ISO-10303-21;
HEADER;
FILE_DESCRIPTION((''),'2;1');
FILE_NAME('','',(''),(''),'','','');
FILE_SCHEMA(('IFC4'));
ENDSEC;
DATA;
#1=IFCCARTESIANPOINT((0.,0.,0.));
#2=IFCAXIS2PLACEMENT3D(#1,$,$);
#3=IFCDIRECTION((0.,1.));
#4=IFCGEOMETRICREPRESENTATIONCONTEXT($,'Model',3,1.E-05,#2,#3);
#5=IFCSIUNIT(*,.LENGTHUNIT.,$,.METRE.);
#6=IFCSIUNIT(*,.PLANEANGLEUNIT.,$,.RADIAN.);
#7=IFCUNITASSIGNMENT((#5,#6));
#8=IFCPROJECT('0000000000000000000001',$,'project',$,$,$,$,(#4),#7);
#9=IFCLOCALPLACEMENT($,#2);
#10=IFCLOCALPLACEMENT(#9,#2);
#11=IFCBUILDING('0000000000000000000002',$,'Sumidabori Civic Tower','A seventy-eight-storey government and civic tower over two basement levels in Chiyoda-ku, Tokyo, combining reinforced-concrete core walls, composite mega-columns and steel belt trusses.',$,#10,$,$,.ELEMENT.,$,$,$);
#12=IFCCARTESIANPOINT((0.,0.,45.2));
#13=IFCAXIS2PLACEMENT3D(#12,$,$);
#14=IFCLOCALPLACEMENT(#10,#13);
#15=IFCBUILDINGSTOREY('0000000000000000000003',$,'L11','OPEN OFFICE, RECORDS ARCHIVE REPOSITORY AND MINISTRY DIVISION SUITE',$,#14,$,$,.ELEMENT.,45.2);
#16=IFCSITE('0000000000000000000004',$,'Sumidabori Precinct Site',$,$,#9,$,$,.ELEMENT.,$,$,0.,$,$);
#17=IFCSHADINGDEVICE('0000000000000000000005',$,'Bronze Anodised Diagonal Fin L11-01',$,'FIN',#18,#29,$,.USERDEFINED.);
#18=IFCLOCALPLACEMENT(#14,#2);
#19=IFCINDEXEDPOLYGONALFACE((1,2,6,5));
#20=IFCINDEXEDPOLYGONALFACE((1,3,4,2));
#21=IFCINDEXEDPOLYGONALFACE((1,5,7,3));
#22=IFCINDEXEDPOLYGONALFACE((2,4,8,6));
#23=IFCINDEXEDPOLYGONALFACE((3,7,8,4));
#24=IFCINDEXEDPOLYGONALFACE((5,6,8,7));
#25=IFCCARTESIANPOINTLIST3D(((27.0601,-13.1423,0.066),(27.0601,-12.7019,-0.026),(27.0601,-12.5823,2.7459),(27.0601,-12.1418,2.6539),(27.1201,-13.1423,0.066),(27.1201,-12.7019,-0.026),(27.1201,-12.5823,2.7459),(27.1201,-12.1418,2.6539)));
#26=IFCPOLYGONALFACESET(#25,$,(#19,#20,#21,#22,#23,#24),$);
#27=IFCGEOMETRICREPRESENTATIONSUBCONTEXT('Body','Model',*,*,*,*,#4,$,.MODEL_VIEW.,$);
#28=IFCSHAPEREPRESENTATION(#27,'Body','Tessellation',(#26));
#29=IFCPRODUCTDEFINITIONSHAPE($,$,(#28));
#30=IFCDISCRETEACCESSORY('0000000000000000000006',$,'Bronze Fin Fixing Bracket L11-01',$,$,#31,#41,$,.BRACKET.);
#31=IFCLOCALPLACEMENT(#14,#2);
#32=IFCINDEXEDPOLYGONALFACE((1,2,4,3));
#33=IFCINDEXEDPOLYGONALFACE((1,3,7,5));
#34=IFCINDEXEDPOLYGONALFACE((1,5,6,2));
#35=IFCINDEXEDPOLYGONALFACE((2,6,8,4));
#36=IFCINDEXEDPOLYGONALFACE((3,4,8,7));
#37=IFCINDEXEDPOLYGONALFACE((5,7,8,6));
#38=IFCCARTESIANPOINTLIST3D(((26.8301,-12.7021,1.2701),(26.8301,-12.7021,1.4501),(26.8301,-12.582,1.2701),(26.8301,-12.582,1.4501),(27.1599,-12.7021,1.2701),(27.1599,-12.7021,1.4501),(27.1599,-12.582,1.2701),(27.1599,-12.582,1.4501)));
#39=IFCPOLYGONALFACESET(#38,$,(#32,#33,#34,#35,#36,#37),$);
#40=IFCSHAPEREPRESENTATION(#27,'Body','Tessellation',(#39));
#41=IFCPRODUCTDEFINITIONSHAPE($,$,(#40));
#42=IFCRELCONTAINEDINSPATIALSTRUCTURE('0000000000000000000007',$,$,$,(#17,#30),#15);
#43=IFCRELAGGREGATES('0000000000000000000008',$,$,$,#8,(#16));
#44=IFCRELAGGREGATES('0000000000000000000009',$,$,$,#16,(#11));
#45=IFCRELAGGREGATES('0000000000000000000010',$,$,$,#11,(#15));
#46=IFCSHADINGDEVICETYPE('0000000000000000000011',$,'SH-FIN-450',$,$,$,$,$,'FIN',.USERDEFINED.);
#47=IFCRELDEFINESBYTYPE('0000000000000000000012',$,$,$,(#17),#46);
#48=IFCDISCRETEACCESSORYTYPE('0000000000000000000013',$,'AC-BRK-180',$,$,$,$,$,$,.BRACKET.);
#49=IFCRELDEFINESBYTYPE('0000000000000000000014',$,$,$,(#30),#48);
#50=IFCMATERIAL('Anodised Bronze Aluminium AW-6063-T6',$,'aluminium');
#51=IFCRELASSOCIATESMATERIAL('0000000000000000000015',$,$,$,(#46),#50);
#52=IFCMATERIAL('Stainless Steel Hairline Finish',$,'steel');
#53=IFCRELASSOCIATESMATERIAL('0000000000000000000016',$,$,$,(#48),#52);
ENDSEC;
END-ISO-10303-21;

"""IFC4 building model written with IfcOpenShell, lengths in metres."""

from ifc_helpers import new_model, si_unit, direction, frame, origin, origin_2d, place, context, subcontext, project, spatial, rectangle, extrude, source, transform, mapped, material, material_profile, profile_set, type_object, element, save


model = new_model("IFC4")

# Units and contexts
model_context = context("Model", 3, precision=1e-05, world=origin(), true_north=direction((0.0, 1.0)))
body_context = subcontext(model_context, "Body", "Model", "MODEL_VIEW")
ifc_project = project(units=[si_unit("LENGTHUNIT", "METRE"), si_unit("PLANEANGLEUNIT", "RADIAN")], contexts=[model_context])

# Site, building, storey
site_placement = place(None, origin())
site = spatial("IfcSite", under=ifc_project, at=site_placement, Name="Sumidabori Precinct Site", CompositionType="ELEMENT", RefElevation=0.0)
building_placement = place(site_placement, origin())
building = spatial("IfcBuilding", under=site, at=building_placement, Name="Sumidabori Civic Tower", Description="A seventy-eight-storey government and civic tower over two basement levels in Chiyoda-ku, Tokyo, combining reinforced-concrete core walls, composite mega-columns and steel belt trusses.", CompositionType="ELEMENT")
storey_placement = place(building_placement, frame((0.0, 0.0, 45.2)))
storey = spatial("IfcBuildingStorey", under=building, at=storey_placement, Name="L11", Description="OPEN OFFICE, RECORDS ARCHIVE REPOSITORY AND MINISTRY DIVISION SUITE", CompositionType="ELEMENT", Elevation=45.2)

# Shared definitions
ifc_material_1 = material(Name="Anodised Bronze Aluminium AW-6063-T6", Category="aluminium")

# Shading device
ifc_material_profile_1 = material_profile(ifc_material_1, rectangle(XDim=0.0601, YDim=0.45, at=origin_2d()), Name="BRONZE FIN 450x60")
ifc_profile_set_1 = profile_set([ifc_material_profile_1], Name="Anodised Bronze Aluminium AW-6063-T6")
shading_device_type = type_object("IfcShadingDeviceType", Name="SH-FIN-450", ElementType="FIN", PredefinedType="USERDEFINED", material=ifc_profile_set_1)
shared_shape_1 = source(origin(), body_context, "Body", "SweptSolid", [
    extrude(rectangle(XDim=0.0601, YDim=0.45, at=origin_2d()), origin(), (0.0, 0.0, 1.0), 2.7378),
])
shading_device_placement = place(storey_placement, frame((27.0901, -12.9221, 0.02), z_axis=(0.0, 0.204563, 0.978853), x_axis=(-1.0, 0.0, 0.0)))
element("IfcShadingDevice", 1, at=shading_device_placement, inside=storey, type_object=shading_device_type, Name="Bronze Anodised Diagonal Fin L11-01", ObjectType="FIN", PredefinedType="USERDEFINED", context=body_context, shape_type="MappedRepresentation", body=[
    mapped(shared_shape_1, transform((0.0, 0.0, 0.0), x_axis=(1.0, 0.0, 0.0), y_axis=(0.0, 1.0, 0.0), z_axis=(0.0, 0.0, 1.0), scale=1.0)),
])

# Discrete accessory
ifc_material_2 = material(Name="Stainless Steel Hairline Finish", Category="steel")
ifc_material_profile_2 = material_profile(ifc_material_2, rectangle(XDim=0.1201, YDim=0.1799, at=origin_2d()), Name="STEEL BRACKET 180x120")
ifc_profile_set_2 = profile_set([ifc_material_profile_2], Name="Stainless Steel Hairline Finish")
discrete_accessory_type = type_object("IfcDiscreteAccessoryType", Name="AC-BRK-180", PredefinedType="BRACKET", material=ifc_profile_set_2)
shared_shape_2 = source(origin(), body_context, "Body", "SweptSolid", [
    extrude(rectangle(XDim=0.1201, YDim=0.1799, at=origin_2d()), origin(), (0.0, 0.0, 1.0), 0.3298),
])
discrete_accessory_placement = place(storey_placement, frame((26.8301, -12.6421, 1.3601), z_axis=(1.0, 0.0, 0.0), x_axis=(0.0, 1.0, 0.0)))
element("IfcDiscreteAccessory", 2, at=discrete_accessory_placement, inside=storey, type_object=discrete_accessory_type, Name="Bronze Fin Fixing Bracket L11-01", PredefinedType="BRACKET", context=body_context, shape_type="MappedRepresentation", body=[
    mapped(shared_shape_2, transform((0.0, 0.0, 0.0), x_axis=(1.0, 0.0, 0.0), y_axis=(0.0, 1.0, 0.0), z_axis=(0.0, 0.0, 1.0), scale=1.0)),
])

save(model, "model.ifc")
